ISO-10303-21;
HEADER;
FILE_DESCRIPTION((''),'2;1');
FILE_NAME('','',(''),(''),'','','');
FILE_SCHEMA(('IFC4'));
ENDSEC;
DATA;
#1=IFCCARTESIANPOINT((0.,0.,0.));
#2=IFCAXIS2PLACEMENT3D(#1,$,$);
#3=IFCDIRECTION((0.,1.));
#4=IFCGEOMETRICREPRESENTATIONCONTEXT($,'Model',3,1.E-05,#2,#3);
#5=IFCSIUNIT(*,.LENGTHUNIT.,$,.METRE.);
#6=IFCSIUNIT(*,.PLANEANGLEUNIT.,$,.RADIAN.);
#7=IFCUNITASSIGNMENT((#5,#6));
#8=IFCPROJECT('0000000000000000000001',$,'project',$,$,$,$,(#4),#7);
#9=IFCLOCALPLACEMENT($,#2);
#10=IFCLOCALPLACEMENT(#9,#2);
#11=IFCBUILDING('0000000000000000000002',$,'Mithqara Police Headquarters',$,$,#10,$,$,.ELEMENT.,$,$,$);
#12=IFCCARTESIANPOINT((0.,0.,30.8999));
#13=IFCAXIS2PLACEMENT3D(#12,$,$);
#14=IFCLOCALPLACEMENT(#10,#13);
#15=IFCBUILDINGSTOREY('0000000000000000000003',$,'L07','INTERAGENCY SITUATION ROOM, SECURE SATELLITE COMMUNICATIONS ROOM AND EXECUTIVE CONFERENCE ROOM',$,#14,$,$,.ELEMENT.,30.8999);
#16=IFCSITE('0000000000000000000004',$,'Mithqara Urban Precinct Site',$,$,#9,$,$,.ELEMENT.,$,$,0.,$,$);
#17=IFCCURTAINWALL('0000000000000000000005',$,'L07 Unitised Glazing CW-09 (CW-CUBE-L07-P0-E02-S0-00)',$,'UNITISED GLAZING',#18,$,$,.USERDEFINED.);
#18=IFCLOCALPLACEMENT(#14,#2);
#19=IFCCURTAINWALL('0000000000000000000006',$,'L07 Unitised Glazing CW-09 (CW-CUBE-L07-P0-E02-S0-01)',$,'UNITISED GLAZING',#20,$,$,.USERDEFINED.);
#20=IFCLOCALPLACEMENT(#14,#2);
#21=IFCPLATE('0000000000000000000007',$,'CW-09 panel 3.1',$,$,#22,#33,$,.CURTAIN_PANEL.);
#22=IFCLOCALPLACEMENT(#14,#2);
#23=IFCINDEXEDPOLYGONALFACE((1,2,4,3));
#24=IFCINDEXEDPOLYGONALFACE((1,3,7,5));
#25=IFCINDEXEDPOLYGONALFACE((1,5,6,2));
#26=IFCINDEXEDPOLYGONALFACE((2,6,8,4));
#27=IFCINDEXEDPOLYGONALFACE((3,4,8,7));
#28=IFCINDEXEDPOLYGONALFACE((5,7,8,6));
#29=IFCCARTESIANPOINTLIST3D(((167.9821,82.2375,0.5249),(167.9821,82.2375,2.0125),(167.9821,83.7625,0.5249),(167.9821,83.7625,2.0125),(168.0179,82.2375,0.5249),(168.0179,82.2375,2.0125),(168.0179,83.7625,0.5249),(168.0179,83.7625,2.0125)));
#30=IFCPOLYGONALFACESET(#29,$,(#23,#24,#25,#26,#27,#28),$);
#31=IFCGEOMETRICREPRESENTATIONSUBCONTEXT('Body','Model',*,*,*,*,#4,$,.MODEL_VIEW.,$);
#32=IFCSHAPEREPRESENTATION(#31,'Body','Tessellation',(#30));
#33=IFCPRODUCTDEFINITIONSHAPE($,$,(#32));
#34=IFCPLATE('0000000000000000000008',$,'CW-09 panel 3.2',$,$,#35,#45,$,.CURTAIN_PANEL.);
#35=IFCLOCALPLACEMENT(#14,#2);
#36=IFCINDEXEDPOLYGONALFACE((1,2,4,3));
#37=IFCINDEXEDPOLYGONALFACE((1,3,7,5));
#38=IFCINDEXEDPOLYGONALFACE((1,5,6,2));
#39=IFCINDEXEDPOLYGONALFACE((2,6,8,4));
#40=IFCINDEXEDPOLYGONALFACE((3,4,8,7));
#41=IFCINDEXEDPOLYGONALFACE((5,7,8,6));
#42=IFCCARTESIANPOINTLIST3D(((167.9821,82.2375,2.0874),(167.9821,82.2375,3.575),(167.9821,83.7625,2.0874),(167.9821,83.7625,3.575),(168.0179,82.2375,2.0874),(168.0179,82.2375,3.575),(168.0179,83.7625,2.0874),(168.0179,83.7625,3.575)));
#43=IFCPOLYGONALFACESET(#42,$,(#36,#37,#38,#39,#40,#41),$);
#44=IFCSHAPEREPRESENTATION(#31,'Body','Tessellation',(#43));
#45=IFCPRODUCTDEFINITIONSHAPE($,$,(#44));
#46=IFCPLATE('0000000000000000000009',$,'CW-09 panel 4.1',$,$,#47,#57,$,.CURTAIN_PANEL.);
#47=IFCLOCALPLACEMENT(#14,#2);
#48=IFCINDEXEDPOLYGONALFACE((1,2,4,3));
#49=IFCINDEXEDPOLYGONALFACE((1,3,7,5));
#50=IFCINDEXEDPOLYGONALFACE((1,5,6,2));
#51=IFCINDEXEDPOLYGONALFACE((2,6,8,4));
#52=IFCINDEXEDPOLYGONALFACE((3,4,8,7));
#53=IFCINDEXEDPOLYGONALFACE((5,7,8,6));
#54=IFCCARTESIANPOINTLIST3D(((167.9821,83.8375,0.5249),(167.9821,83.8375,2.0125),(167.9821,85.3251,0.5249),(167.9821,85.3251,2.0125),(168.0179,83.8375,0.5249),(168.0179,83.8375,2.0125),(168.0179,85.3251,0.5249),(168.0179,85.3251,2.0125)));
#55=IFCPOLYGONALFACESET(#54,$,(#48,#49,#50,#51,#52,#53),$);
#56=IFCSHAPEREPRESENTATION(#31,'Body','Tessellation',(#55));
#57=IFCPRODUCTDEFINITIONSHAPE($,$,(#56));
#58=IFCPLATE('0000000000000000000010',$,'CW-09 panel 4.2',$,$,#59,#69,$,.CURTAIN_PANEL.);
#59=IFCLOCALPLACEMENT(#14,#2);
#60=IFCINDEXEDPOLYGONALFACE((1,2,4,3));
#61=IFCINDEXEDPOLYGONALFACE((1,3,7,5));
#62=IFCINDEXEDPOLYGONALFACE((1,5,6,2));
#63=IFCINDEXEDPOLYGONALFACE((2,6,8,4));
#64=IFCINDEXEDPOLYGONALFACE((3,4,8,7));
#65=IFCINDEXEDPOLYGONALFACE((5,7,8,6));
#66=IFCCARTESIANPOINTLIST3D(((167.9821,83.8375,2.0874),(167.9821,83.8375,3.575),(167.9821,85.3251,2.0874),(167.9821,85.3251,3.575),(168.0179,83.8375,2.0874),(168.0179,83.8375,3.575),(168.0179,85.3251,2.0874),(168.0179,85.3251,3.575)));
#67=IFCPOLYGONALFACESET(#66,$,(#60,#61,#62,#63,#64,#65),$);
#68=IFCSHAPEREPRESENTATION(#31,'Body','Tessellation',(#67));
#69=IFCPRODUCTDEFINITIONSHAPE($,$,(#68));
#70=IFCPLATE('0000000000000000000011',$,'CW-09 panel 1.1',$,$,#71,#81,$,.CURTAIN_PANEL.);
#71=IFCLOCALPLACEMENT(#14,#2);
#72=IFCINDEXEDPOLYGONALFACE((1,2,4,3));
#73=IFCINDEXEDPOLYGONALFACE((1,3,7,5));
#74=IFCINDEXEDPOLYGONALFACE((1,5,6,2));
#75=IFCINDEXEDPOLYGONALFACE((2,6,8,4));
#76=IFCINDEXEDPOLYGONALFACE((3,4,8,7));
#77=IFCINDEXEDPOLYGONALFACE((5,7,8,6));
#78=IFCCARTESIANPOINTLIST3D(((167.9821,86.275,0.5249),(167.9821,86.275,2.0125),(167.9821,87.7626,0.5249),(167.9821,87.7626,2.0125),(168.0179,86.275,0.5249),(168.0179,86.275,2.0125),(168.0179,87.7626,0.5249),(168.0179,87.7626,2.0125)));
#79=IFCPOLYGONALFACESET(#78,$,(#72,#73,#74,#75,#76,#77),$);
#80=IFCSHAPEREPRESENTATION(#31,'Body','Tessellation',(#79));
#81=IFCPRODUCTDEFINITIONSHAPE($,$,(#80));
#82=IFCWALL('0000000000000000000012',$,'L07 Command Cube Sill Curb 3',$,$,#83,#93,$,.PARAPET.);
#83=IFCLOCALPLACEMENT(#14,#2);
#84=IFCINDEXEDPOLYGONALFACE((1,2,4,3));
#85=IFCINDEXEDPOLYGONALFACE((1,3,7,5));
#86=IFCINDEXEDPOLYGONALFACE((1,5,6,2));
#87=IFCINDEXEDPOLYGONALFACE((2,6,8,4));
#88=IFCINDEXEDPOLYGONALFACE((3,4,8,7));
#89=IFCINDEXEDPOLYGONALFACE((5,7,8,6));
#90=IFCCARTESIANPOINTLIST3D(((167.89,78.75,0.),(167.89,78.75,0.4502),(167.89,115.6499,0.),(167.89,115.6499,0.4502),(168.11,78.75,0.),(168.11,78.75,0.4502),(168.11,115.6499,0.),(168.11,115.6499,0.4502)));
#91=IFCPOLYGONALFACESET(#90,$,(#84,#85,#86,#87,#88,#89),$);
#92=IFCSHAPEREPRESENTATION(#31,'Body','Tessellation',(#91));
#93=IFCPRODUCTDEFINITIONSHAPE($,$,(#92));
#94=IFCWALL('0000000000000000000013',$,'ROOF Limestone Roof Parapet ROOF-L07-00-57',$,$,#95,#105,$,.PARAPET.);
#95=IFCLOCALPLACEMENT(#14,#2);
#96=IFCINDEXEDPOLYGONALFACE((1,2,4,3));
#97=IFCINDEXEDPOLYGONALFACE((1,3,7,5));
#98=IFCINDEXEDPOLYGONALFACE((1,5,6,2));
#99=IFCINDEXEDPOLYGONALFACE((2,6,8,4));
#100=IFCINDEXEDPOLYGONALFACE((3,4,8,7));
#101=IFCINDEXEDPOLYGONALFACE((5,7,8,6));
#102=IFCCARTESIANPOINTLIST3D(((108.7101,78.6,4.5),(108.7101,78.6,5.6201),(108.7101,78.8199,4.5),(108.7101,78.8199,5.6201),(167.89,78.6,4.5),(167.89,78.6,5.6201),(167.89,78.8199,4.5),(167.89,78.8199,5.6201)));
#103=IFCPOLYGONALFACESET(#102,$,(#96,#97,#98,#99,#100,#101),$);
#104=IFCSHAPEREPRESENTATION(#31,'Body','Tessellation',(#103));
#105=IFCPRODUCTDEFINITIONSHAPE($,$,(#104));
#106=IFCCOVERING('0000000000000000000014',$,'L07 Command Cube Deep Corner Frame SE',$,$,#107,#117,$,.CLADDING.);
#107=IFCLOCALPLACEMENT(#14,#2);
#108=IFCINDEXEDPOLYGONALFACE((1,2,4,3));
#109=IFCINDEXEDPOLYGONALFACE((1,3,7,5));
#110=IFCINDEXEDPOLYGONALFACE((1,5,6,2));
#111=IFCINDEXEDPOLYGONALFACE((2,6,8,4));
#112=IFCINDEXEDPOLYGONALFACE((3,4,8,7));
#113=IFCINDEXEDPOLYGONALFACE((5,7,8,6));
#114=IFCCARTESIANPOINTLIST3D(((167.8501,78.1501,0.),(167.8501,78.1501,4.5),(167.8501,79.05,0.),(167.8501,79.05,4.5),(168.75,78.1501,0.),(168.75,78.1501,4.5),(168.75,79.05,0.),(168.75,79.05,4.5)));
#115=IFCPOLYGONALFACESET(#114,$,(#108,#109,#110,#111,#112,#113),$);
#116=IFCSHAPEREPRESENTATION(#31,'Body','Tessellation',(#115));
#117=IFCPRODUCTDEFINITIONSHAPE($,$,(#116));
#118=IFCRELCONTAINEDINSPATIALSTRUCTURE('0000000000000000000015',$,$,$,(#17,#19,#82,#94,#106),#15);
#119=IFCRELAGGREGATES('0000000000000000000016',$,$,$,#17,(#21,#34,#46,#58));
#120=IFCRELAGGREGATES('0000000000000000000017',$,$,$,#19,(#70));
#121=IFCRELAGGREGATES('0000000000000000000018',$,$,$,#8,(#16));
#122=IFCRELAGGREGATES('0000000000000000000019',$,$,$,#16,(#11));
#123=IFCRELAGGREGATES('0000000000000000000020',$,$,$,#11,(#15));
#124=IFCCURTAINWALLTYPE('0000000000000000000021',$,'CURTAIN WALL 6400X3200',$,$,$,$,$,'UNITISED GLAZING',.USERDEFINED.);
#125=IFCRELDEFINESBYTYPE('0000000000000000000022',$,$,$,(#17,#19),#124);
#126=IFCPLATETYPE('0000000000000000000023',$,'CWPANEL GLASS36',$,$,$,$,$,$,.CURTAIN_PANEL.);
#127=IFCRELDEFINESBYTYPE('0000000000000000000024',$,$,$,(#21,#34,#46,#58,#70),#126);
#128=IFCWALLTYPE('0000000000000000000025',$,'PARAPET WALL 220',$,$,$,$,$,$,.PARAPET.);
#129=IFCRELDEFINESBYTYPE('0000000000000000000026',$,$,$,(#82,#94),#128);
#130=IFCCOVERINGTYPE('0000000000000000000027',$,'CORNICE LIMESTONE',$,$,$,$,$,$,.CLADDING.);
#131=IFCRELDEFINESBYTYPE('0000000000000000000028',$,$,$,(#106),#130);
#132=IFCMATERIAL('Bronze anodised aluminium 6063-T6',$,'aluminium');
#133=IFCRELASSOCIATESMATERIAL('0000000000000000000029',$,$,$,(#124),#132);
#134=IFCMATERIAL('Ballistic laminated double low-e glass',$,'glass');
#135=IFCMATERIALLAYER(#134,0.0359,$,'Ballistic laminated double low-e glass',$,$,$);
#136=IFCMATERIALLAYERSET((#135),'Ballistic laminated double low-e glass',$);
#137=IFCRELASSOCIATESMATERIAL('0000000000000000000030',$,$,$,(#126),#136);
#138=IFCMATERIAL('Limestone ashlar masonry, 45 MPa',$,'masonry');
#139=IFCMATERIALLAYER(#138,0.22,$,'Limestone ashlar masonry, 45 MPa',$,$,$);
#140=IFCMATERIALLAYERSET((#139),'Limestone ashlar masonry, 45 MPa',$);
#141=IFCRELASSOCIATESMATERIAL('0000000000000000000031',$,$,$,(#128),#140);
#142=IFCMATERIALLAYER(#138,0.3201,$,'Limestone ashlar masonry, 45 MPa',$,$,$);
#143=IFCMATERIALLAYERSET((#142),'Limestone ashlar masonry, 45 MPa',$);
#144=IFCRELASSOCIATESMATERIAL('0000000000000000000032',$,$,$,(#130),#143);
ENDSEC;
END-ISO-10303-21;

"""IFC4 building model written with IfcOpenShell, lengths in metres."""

from ifc_helpers import new_model, si_unit, direction, frame, frame_2d, origin, origin_2d, place, context, subcontext, project, spatial, rectangle, extrude, material, layer, layer_set, type_object, element, aggregate, save


model = new_model("IFC4")

# Units and contexts
model_context = context("Model", 3, precision=1e-05, world=origin(), true_north=direction((0.0, 1.0)))
body_context = subcontext(model_context, "Body", "Model", "MODEL_VIEW")
ifc_project = project(units=[si_unit("LENGTHUNIT", "METRE"), si_unit("PLANEANGLEUNIT", "RADIAN")], contexts=[model_context])

# Site, building, storey
site_placement = place(None, origin())
site = spatial("IfcSite", under=ifc_project, at=site_placement, Name="Mithqara Urban Precinct Site", CompositionType="ELEMENT", RefElevation=0.0)
building_placement = place(site_placement, origin())
building = spatial("IfcBuilding", under=site, at=building_placement, Name="Mithqara Police Headquarters", CompositionType="ELEMENT")
storey_placement = place(building_placement, frame((0.0, 0.0, 30.8999)))
storey = spatial("IfcBuildingStorey", under=building, at=storey_placement, Name="L07", Description="INTERAGENCY SITUATION ROOM, SECURE SATELLITE COMMUNICATIONS ROOM AND EXECUTIVE CONFERENCE ROOM", CompositionType="ELEMENT", Elevation=30.8999)

# Curtain wall
ifc_material_1 = material(Name="Bronze anodised aluminium 6063-T6", Category="aluminium")
curtain_wall_type = type_object("IfcCurtainWallType", Name="CURTAIN WALL 6400X3200", ElementType="UNITISED GLAZING", PredefinedType="USERDEFINED", material=ifc_material_1)
curtain_wall_1_placement = place(storey_placement, origin())
curtain_wall_1 = element("IfcCurtainWall", 1, at=curtain_wall_1_placement, inside=storey, type_object=curtain_wall_type, Name="L07 Unitised Glazing CW-09 (CW-CUBE-L07-P0-E02-S0-00)", ObjectType="UNITISED GLAZING", PredefinedType="USERDEFINED")

# Curtain wall
curtain_wall_2_placement = place(storey_placement, origin())
curtain_wall_2 = element("IfcCurtainWall", 2, at=curtain_wall_2_placement, inside=storey, type_object=curtain_wall_type, Name="L07 Unitised Glazing CW-09 (CW-CUBE-L07-P0-E02-S0-01)", ObjectType="UNITISED GLAZING", PredefinedType="USERDEFINED")

# Plates
ifc_material_2 = material(Name="Ballistic laminated double low-e glass", Category="glass")
ifc_layer_1 = layer(ifc_material_2, 0.0359, Name="Ballistic laminated double low-e glass")
ifc_layer_set_1 = layer_set([ifc_layer_1], Name="Ballistic laminated double low-e glass")
plate_type = type_object("IfcPlateType", Name="CWPANEL GLASS36", PredefinedType="CURTAIN_PANEL", material=ifc_layer_set_1)
plate_1_placement = place(storey_placement, frame((168.0, 83.0, 0.5249), z_axis=(0.0, 0.0, 1.0), x_axis=(0.0, 1.0, 0.0)))
plate_1 = element("IfcPlate", 3, at=plate_1_placement, type_object=plate_type, Name="CW-09 panel 3.1", PredefinedType="CURTAIN_PANEL", context=body_context, shape_type="SweptSolid", body=[
    extrude(rectangle(XDim=1.5249, YDim=0.0359, at=origin_2d()), origin(), (0.0, 0.0, 1.0), 1.4875),
])
plate_2_placement = place(storey_placement, frame((168.0, 83.0, 2.0874), z_axis=(0.0, 0.0, 1.0), x_axis=(0.0, 1.0, 0.0)))
plate_2 = element("IfcPlate", 4, at=plate_2_placement, type_object=plate_type, Name="CW-09 panel 3.2", PredefinedType="CURTAIN_PANEL", context=body_context, shape_type="SweptSolid", body=[
    extrude(rectangle(XDim=1.5249, YDim=0.0359, at=origin_2d()), origin(), (0.0, 0.0, 1.0), 1.4875),
])
plate_3_placement = place(storey_placement, frame((168.0, 84.5813, 0.5249), z_axis=(0.0, 0.0, 1.0), x_axis=(0.0, 1.0, 0.0)))
plate_3 = element("IfcPlate", 5, at=plate_3_placement, type_object=plate_type, Name="CW-09 panel 4.1", PredefinedType="CURTAIN_PANEL", context=body_context, shape_type="SweptSolid", body=[
    extrude(rectangle(XDim=1.4875, YDim=0.0359, at=origin_2d()), origin(), (0.0, 0.0, 1.0), 1.4875),
])
plate_4_placement = place(storey_placement, frame((168.0, 84.5813, 2.0874), z_axis=(0.0, 0.0, 1.0), x_axis=(0.0, 1.0, 0.0)))
plate_4 = element("IfcPlate", 6, at=plate_4_placement, type_object=plate_type, Name="CW-09 panel 4.2", PredefinedType="CURTAIN_PANEL", context=body_context, shape_type="SweptSolid", body=[
    extrude(rectangle(XDim=1.4875, YDim=0.0359, at=origin_2d()), origin(), (0.0, 0.0, 1.0), 1.4875),
])
aggregate(curtain_wall_1, [plate_1, plate_2, plate_3, plate_4])
plate_5_placement = place(storey_placement, frame((168.0, 87.0188, 0.5249), z_axis=(0.0, 0.0, 1.0), x_axis=(0.0, 1.0, 0.0)))
plate_5 = element("IfcPlate", 7, at=plate_5_placement, type_object=plate_type, Name="CW-09 panel 1.1", PredefinedType="CURTAIN_PANEL", context=body_context, shape_type="SweptSolid", body=[
    extrude(rectangle(XDim=1.4875, YDim=0.0359, at=origin_2d()), origin(), (0.0, 0.0, 1.0), 1.4875),
])
aggregate(curtain_wall_2, [plate_5])

# Walls
ifc_material_3 = material(Name="Limestone ashlar masonry, 45 MPa", Category="masonry")
ifc_layer_2 = layer(ifc_material_3, 0.22, Name="Limestone ashlar masonry, 45 MPa")
ifc_layer_set_2 = layer_set([ifc_layer_2], Name="Limestone ashlar masonry, 45 MPa")
wall_type = type_object("IfcWallType", Name="PARAPET WALL 220", PredefinedType="PARAPET", material=ifc_layer_set_2)
wall_1_placement = place(storey_placement, frame((168.0, 78.75, 0.0), z_axis=(0.0, 0.0, 1.0), x_axis=(0.0, 1.0, 0.0)))
element("IfcWall", 8, at=wall_1_placement, inside=storey, type_object=wall_type, Name="L07 Command Cube Sill Curb 3", PredefinedType="PARAPET", context=body_context, shape_type="SweptSolid", body=[
    extrude(rectangle(XDim=36.8999, YDim=0.22, at=frame_2d((18.45, 0.0))), origin(), (0.0, 0.0, 1.0), 0.4502),
])
wall_2_placement = place(storey_placement, frame((167.8899, 78.71, 4.5), z_axis=(0.0, 0.0, 1.0), x_axis=(-1.0, 0.0, 0.0)))
element("IfcWall", 9, at=wall_2_placement, inside=storey, type_object=wall_type, Name="ROOF Limestone Roof Parapet ROOF-L07-00-57", PredefinedType="PARAPET", context=body_context, shape_type="SweptSolid", body=[
    extrude(rectangle(XDim=59.1799, YDim=0.22, at=frame_2d((29.5898, 0.0))), origin(), (0.0, 0.0, 1.0), 1.1201),
])

# Covering
ifc_layer_3 = layer(ifc_material_3, 0.3201, Name="Limestone ashlar masonry, 45 MPa")
ifc_layer_set_3 = layer_set([ifc_layer_3], Name="Limestone ashlar masonry, 45 MPa")
covering_type = type_object("IfcCoveringType", Name="CORNICE LIMESTONE", PredefinedType="CLADDING", material=ifc_layer_set_3)
covering_placement = place(storey_placement, frame((168.3, 78.6001, 0.0), z_axis=(0.0, 0.0, 1.0), x_axis=(1.0, 0.0, 0.0)))
element("IfcCovering", 10, at=covering_placement, inside=storey, type_object=covering_type, Name="L07 Command Cube Deep Corner Frame SE", PredefinedType="CLADDING", context=body_context, shape_type="SweptSolid", body=[
    extrude(rectangle(XDim=0.8999, YDim=0.8999, at=origin_2d()), origin(), (0.0, 0.0, 1.0), 4.5),
])

save(model, "model.ifc")
